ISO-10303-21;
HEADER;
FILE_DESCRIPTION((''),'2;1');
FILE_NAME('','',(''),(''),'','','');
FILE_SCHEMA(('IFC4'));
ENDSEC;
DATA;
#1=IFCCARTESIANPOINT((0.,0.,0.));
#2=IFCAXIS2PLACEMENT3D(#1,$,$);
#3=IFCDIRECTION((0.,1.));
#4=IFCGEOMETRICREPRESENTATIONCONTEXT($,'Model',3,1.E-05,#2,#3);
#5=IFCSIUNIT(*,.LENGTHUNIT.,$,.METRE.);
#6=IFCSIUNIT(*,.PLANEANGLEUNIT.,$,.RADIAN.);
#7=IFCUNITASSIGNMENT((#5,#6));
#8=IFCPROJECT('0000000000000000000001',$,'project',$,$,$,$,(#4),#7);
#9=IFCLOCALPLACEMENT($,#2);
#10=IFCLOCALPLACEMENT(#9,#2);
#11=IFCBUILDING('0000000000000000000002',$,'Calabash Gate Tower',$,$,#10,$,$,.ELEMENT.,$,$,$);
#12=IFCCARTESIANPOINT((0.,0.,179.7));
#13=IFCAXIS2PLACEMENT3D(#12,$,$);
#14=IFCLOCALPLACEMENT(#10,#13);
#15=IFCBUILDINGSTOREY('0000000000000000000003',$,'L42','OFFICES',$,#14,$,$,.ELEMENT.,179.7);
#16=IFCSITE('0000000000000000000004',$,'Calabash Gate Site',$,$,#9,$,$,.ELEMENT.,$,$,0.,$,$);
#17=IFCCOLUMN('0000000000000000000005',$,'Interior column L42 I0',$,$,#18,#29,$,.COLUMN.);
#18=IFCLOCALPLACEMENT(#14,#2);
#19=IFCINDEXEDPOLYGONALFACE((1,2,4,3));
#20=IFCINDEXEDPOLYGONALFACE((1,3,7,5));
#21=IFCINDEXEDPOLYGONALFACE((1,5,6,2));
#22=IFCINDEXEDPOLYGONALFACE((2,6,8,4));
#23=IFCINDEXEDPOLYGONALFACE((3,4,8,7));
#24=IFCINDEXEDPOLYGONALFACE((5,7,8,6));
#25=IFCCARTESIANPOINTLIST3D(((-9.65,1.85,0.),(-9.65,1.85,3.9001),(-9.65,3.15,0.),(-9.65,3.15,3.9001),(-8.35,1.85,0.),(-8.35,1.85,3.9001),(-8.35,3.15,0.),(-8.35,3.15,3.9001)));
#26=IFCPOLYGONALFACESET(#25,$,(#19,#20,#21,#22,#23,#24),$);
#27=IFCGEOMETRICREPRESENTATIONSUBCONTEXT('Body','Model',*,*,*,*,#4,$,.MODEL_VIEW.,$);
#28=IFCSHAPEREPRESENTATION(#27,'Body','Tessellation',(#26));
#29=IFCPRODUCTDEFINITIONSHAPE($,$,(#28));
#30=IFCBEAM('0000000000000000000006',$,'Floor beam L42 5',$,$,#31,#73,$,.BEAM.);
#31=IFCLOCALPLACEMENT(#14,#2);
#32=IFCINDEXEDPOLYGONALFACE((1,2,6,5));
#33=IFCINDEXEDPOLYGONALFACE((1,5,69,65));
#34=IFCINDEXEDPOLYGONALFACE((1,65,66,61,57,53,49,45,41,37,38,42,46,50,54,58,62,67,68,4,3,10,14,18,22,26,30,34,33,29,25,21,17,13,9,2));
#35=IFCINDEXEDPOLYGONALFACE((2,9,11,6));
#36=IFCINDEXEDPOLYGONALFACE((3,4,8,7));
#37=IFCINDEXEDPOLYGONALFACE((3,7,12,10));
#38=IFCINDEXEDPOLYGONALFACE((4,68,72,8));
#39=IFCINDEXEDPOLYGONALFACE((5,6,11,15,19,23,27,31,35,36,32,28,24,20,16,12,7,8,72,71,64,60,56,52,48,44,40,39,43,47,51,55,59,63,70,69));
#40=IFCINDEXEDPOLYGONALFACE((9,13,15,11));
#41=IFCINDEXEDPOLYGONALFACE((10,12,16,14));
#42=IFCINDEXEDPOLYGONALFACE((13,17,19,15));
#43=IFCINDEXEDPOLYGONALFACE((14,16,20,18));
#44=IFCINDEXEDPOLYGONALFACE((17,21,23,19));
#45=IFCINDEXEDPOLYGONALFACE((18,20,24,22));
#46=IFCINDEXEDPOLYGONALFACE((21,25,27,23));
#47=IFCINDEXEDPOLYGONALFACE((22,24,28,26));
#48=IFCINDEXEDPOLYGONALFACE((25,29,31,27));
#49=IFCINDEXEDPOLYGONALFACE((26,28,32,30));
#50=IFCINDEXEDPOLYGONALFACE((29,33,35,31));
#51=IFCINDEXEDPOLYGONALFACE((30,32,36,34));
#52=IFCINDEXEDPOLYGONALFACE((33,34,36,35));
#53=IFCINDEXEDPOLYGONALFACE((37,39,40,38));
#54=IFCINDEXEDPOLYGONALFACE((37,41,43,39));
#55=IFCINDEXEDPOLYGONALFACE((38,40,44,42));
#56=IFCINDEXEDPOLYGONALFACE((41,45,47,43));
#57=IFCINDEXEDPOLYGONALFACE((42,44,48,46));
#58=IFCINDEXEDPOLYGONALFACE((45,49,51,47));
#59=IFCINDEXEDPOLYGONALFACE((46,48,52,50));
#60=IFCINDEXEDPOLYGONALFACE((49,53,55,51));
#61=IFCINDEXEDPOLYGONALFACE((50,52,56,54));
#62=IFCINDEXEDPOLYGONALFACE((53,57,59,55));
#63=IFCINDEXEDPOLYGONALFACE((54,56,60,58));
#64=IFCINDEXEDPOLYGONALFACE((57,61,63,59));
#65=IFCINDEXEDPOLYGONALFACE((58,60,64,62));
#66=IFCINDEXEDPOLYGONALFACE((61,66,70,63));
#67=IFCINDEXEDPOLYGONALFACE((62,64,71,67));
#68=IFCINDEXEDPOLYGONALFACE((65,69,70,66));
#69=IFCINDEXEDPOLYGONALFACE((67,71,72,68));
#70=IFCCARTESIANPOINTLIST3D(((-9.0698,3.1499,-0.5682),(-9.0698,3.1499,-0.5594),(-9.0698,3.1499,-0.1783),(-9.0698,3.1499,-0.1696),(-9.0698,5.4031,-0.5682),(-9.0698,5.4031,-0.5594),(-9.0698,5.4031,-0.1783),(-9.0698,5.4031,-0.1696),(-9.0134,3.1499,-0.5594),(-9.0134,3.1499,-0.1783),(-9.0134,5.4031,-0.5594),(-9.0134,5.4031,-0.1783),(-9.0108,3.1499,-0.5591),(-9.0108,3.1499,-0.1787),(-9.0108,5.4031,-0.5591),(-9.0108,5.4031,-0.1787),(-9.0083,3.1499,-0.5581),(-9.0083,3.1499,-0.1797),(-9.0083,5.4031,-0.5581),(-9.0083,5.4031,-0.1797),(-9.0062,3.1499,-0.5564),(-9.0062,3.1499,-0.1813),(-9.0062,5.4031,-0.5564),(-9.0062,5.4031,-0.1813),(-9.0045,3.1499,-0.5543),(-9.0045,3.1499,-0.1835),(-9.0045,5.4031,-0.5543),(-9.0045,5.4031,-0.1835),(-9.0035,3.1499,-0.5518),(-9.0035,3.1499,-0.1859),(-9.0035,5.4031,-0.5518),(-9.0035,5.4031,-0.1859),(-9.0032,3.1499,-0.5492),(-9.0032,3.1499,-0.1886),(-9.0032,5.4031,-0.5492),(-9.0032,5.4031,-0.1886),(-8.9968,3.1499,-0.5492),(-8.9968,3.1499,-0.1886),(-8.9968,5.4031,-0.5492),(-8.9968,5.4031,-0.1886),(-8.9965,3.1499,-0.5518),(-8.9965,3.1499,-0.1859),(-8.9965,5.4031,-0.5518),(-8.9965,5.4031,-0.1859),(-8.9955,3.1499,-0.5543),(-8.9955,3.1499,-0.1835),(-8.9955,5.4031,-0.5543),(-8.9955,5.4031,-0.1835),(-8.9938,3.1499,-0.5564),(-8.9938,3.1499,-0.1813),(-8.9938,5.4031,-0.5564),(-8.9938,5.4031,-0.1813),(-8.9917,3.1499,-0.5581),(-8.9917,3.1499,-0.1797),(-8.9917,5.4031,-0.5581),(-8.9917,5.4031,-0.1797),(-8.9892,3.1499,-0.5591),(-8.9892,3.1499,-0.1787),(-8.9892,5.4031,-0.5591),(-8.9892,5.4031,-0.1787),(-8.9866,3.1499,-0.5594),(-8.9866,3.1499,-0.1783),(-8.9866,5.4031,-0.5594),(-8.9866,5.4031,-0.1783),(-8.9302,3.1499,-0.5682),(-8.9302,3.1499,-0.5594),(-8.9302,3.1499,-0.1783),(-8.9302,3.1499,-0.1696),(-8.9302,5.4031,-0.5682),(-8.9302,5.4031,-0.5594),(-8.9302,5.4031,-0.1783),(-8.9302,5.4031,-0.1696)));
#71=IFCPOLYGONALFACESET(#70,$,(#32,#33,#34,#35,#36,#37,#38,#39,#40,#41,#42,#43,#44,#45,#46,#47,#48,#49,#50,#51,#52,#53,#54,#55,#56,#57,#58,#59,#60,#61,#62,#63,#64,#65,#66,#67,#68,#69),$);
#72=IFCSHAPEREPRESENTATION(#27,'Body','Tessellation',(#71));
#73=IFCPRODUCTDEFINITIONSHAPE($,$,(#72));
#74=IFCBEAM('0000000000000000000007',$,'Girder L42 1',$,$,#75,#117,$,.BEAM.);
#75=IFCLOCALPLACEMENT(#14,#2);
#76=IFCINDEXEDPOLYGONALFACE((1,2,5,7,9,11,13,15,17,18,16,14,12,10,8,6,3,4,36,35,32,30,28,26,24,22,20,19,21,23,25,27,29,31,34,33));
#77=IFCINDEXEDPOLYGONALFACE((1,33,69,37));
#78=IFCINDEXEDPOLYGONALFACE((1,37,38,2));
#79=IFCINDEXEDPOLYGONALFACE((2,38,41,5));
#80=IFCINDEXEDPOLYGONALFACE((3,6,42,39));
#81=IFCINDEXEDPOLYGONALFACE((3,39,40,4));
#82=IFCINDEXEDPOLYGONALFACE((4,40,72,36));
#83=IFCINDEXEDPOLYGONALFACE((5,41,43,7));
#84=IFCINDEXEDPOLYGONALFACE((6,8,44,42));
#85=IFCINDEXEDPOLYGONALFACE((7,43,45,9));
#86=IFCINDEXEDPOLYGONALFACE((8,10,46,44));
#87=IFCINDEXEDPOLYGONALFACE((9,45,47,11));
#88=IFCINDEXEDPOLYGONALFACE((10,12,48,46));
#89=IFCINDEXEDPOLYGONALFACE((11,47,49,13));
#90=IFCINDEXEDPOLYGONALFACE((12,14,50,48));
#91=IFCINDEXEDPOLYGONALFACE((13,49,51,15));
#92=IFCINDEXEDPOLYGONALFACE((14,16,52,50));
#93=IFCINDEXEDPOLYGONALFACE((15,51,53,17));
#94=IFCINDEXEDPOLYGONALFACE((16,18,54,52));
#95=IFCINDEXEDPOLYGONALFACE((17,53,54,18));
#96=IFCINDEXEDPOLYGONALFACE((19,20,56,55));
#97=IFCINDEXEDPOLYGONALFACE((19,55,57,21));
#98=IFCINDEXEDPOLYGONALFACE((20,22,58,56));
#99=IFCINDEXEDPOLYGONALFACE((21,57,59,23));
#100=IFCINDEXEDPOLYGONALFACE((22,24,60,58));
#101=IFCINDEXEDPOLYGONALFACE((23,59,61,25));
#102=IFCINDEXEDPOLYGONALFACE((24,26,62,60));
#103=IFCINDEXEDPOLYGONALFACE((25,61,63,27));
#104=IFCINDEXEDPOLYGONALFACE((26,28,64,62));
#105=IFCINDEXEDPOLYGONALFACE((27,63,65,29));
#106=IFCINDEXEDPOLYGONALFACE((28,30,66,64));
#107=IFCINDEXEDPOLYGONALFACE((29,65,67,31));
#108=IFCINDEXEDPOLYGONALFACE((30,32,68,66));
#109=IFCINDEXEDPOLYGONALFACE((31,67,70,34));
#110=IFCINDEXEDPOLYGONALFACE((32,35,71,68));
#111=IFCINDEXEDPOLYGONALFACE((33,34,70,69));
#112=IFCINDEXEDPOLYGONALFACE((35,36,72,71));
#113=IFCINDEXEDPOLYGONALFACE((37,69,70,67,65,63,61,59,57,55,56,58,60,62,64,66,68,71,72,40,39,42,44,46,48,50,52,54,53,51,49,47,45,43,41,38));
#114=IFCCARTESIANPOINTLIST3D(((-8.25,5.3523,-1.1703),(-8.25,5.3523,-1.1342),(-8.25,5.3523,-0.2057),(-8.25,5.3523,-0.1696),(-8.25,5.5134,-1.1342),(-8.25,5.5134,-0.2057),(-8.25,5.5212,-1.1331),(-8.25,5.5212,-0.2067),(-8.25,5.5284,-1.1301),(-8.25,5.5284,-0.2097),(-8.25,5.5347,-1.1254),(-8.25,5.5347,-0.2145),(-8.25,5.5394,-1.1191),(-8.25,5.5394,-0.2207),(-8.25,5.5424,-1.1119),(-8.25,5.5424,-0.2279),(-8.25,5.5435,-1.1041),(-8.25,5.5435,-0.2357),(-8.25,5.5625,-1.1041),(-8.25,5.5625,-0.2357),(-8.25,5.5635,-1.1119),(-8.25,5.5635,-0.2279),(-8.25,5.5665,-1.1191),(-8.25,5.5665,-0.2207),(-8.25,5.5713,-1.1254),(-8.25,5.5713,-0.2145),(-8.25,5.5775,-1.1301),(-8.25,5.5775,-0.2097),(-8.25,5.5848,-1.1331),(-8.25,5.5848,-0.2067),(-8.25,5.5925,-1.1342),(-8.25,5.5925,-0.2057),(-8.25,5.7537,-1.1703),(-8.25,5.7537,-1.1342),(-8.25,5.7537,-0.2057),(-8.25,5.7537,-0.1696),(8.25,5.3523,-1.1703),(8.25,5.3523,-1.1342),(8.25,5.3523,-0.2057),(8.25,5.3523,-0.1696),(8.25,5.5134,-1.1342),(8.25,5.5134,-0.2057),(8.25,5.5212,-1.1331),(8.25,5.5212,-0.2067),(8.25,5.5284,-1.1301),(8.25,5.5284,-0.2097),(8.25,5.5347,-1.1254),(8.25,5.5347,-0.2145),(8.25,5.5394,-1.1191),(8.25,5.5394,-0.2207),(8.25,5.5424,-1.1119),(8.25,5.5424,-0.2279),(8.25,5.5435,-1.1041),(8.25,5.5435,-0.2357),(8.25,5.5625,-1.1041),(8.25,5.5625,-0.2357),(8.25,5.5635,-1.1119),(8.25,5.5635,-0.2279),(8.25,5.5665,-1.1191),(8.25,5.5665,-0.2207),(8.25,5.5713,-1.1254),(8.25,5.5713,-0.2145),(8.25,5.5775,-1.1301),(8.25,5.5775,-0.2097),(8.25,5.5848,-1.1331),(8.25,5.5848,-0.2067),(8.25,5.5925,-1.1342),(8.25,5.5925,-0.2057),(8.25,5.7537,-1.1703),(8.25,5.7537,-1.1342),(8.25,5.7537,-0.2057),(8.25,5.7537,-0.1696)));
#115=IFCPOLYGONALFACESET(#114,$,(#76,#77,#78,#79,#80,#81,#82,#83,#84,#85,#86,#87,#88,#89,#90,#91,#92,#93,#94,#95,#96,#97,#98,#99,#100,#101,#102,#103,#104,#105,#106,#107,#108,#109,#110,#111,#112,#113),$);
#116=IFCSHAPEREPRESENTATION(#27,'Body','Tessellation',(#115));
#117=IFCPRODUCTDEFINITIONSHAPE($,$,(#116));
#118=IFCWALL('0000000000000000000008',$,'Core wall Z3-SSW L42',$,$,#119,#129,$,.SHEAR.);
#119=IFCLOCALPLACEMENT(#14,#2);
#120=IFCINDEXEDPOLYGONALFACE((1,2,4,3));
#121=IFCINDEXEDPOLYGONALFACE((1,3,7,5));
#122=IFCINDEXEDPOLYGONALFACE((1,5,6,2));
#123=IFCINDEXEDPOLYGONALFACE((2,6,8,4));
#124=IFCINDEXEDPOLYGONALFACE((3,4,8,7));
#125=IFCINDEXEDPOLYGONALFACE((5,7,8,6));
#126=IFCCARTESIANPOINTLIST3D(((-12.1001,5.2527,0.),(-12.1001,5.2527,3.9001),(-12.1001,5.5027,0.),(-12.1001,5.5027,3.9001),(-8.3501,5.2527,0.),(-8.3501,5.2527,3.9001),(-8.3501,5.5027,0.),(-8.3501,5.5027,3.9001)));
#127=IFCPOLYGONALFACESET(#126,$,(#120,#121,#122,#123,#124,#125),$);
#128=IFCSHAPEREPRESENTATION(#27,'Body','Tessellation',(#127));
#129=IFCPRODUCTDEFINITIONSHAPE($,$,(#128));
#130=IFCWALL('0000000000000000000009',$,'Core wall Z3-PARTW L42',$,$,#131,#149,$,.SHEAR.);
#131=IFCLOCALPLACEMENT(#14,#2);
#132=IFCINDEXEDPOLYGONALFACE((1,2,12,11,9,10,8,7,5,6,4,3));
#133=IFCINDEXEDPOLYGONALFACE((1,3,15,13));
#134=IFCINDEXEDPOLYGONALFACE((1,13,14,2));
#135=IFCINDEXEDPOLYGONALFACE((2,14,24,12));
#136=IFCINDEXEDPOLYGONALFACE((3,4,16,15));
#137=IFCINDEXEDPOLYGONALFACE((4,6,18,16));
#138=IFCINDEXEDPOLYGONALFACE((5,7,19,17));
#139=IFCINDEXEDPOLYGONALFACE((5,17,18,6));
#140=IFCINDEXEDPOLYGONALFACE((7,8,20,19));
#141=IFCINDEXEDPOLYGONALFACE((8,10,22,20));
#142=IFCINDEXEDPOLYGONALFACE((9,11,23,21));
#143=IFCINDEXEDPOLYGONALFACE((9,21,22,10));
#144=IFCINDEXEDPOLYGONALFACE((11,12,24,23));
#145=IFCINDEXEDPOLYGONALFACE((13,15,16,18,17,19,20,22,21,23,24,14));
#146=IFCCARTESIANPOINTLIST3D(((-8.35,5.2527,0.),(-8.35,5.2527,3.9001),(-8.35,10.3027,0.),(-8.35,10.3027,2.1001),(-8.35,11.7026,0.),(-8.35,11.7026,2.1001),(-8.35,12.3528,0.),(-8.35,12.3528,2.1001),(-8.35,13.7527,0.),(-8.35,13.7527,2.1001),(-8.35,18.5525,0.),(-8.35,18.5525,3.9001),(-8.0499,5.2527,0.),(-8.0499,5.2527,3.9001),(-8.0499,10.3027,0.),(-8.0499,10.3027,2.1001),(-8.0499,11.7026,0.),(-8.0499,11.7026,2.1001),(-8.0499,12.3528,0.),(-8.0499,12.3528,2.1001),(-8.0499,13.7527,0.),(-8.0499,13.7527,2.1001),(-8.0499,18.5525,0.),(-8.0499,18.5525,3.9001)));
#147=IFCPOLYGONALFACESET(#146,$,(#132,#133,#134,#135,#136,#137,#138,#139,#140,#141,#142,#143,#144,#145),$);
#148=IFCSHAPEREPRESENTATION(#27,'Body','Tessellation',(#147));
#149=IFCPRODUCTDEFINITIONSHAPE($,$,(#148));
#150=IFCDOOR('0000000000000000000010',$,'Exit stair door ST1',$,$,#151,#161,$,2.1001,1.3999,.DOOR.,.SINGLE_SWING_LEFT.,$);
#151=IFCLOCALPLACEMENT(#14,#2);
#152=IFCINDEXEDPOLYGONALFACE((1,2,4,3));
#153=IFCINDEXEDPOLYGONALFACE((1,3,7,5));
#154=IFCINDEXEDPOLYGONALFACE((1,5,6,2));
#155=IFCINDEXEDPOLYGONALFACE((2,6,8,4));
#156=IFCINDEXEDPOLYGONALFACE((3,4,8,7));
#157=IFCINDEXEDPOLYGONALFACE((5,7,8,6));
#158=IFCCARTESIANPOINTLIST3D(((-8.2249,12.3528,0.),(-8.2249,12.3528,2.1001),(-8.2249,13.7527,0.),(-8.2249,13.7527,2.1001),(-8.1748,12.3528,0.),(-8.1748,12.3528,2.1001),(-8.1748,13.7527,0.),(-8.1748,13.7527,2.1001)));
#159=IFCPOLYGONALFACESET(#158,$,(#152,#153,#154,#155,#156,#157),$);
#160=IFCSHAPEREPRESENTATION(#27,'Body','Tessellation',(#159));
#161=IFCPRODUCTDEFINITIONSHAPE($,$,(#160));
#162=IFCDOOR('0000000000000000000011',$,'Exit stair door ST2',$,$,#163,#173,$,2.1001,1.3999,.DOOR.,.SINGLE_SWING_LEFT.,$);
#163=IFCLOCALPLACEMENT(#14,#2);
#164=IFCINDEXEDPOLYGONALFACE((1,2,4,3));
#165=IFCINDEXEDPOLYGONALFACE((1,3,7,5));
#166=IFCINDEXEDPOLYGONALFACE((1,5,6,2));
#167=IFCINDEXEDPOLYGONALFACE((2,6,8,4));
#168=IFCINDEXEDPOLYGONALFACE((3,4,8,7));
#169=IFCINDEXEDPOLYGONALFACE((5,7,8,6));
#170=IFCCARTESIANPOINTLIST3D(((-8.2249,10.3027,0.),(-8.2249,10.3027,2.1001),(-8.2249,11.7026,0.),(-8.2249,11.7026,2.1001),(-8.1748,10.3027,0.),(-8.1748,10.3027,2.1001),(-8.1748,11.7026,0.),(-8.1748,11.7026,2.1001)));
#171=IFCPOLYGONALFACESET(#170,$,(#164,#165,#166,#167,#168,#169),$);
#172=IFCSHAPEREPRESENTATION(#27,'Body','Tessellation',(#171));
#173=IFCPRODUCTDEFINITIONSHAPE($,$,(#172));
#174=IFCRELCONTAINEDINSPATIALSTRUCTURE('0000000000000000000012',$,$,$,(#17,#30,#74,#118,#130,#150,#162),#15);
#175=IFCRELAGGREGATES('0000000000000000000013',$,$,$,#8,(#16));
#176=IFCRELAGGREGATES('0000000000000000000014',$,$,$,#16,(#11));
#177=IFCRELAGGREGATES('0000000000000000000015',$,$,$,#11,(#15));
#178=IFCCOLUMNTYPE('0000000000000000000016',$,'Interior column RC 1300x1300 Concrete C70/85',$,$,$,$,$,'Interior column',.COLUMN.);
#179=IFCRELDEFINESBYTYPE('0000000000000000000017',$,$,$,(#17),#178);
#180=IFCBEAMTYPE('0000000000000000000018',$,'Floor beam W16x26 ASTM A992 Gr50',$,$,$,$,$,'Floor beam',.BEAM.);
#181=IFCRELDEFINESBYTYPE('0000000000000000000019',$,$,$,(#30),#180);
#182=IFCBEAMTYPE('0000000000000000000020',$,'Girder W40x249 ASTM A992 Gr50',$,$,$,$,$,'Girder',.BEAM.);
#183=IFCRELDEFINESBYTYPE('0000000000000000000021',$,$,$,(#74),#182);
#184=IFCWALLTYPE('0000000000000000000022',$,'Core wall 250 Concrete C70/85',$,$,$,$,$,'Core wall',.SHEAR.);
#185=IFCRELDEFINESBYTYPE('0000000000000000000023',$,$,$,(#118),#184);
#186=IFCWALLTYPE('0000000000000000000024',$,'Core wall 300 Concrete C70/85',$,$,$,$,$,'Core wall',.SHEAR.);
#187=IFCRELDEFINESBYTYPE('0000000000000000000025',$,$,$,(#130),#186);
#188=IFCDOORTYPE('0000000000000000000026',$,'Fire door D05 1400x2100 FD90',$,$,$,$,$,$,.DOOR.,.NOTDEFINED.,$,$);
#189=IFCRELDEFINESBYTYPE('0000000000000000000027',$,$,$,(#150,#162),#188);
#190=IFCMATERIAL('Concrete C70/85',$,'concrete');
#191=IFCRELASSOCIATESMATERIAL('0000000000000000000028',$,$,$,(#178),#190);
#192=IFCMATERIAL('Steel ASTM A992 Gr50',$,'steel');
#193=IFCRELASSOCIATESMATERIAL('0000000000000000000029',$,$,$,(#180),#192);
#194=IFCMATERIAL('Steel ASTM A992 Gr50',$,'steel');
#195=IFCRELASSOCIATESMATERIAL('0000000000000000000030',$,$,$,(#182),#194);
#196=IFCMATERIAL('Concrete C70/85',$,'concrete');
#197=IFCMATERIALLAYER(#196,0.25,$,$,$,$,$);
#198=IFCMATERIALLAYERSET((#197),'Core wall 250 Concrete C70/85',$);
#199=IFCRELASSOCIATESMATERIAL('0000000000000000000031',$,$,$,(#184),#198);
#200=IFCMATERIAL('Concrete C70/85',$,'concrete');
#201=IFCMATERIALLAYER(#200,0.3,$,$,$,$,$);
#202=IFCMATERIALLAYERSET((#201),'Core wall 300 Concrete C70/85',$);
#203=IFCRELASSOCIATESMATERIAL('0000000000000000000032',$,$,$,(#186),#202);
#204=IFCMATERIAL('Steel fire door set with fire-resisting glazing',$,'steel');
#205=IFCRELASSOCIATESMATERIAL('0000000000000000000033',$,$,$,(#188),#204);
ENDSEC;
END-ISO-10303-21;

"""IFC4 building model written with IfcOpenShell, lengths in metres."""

from ifc_helpers import new_model, si_unit, direction, frame, frame_2d, origin, origin_2d, place, context, subcontext, project, spatial, rectangle, i_section, extrude, material, layer, layer_set, material_profile, profile_set, type_object, element, fill, save


model = new_model("IFC4")

# Units and contexts
model_context = context("Model", 3, precision=1e-05, world=origin(), true_north=direction((0.0, 1.0)))
body_context = subcontext(model_context, "Body", "Model", "MODEL_VIEW")
ifc_project = project(units=[si_unit("LENGTHUNIT", "METRE"), si_unit("PLANEANGLEUNIT", "RADIAN")], contexts=[model_context])

# Site, building, storey
site_placement = place(None, origin())
site = spatial("IfcSite", under=ifc_project, at=site_placement, Name="Calabash Gate Site", CompositionType="ELEMENT", RefElevation=0.0)
building_placement = place(site_placement, origin())
building = spatial("IfcBuilding", under=site, at=building_placement, Name="Calabash Gate Tower", CompositionType="ELEMENT")
storey_placement = place(building_placement, frame((0.0, 0.0, 179.7)))
storey = spatial("IfcBuildingStorey", under=building, at=storey_placement, Name="L42", Description="OFFICES", CompositionType="ELEMENT", Elevation=179.7)

# Column
ifc_material_1 = material(Name="Concrete C70/85", Category="concrete")
ifc_material_profile_1 = material_profile(ifc_material_1, rectangle(XDim=1.3, YDim=1.3, at=origin_2d()))
ifc_profile_set_1 = profile_set([ifc_material_profile_1], Name="Concrete C70/85")
column_type = type_object("IfcColumnType", Name="Interior column RC 1300x1300 Concrete C70/85", ElementType="Interior column", PredefinedType="COLUMN", material=ifc_profile_set_1)
column_placement = place(storey_placement, frame((-9.0, 2.5, 0.0), z_axis=(0.0, 0.0, 1.0), x_axis=(1.0, 0.0, 0.0)))
element("IfcColumn", 1, at=column_placement, inside=storey, type_object=column_type, Name="Interior column L42 I0", PredefinedType="COLUMN", context=body_context, shape_type="SweptSolid", body=[
    extrude(rectangle(XDim=1.3, YDim=1.3, at=origin_2d()), origin(), (0.0, 0.0, 1.0), 3.9001),
])

# Beams
ifc_material_2 = material(Name="Steel ASTM A992 Gr50", Category="steel")
ifc_material_profile_2 = material_profile(ifc_material_2, i_section(OverallWidth=0.1396, OverallDepth=0.3987, WebThickness=0.0063, FlangeThickness=0.0088, FilletRadius=0.0103, at=origin_2d()))
ifc_profile_set_2 = profile_set([ifc_material_profile_2], Name="Steel ASTM A992 Gr50")
beam_type_1 = type_object("IfcBeamType", Name="Floor beam W16x26 ASTM A992 Gr50", ElementType="Floor beam", PredefinedType="BEAM", material=ifc_profile_set_2)
beam_1_placement = place(storey_placement, frame((-9.0, 3.1499, -0.3689), z_axis=(0.0, 1.0, 0.0), x_axis=(-1.0, 0.0, 0.0)))
element("IfcBeam", 2, at=beam_1_placement, inside=storey, type_object=beam_type_1, Name="Floor beam L42 5", PredefinedType="BEAM", context=body_context, shape_type="SweptSolid", body=[
    extrude(i_section(OverallWidth=0.1396, OverallDepth=0.3987, WebThickness=0.0063, FlangeThickness=0.0088, FilletRadius=0.0103, at=origin_2d()), origin(), (0.0, 0.0, 1.0), 2.2532),
])
ifc_material_3 = material(Name="Steel ASTM A992 Gr50", Category="steel")
ifc_material_profile_3 = material_profile(ifc_material_3, i_section(OverallWidth=0.4014, OverallDepth=1.0007, WebThickness=0.019, FlangeThickness=0.0361, FilletRadius=0.03, at=origin_2d()))
ifc_profile_set_3 = profile_set([ifc_material_profile_3], Name="Steel ASTM A992 Gr50")
beam_type_2 = type_object("IfcBeamType", Name="Girder W40x249 ASTM A992 Gr50", ElementType="Girder", PredefinedType="BEAM", material=ifc_profile_set_3)
beam_2_placement = place(storey_placement, frame((-8.25, 5.553, -0.6699), z_axis=(1.0, 0.0, 0.0), x_axis=(0.0, 1.0, 0.0)))
element("IfcBeam", 3, at=beam_2_placement, inside=storey, type_object=beam_type_2, Name="Girder L42 1", PredefinedType="BEAM", context=body_context, shape_type="SweptSolid", body=[
    extrude(i_section(OverallWidth=0.4014, OverallDepth=1.0007, WebThickness=0.019, FlangeThickness=0.0361, FilletRadius=0.03, at=origin_2d()), origin(), (0.0, 0.0, 1.0), 16.5),
])

# Wall
ifc_material_4 = material(Name="Concrete C70/85", Category="concrete")
ifc_layer_1 = layer(ifc_material_4, 0.25)
ifc_layer_set_1 = layer_set([ifc_layer_1], Name="Core wall 250 Concrete C70/85")
wall_type_1 = type_object("IfcWallType", Name="Core wall 250 Concrete C70/85", ElementType="Core wall", PredefinedType="SHEAR", material=ifc_layer_set_1)
wall_1_placement = place(storey_placement, frame((-12.1001, 5.3777, 0.0), z_axis=(0.0, 0.0, 1.0), x_axis=(1.0, 0.0, 0.0)))
element("IfcWall", 4, at=wall_1_placement, inside=storey, type_object=wall_type_1, Name="Core wall Z3-SSW L42", PredefinedType="SHEAR", context=body_context, shape_type="SweptSolid", body=[
    extrude(rectangle(XDim=3.75, YDim=0.25, at=frame_2d((1.875, 0.0))), origin(), (0.0, 0.0, 1.0), 3.9001),
])

# Wall, openings, doors
ifc_material_5 = material(Name="Concrete C70/85", Category="concrete")
ifc_layer_2 = layer(ifc_material_5, 0.3)
ifc_layer_set_2 = layer_set([ifc_layer_2], Name="Core wall 300 Concrete C70/85")
wall_type_2 = type_object("IfcWallType", Name="Core wall 300 Concrete C70/85", ElementType="Core wall", PredefinedType="SHEAR", material=ifc_layer_set_2)
wall_2_placement = place(storey_placement, frame((-8.2, 5.2527, 0.0), z_axis=(0.0, 0.0, 1.0), x_axis=(0.0, 1.0, 0.0)))
wall_2 = element("IfcWall", 5, at=wall_2_placement, inside=storey, type_object=wall_type_2, Name="Core wall Z3-PARTW L42", PredefinedType="SHEAR", context=body_context, shape_type="SweptSolid", body=[
    extrude(rectangle(XDim=13.2998, YDim=0.3, at=frame_2d((6.6499, 0.0))), origin(), (0.0, 0.0, 1.0), 3.9001),
])
opening_1_placement = place(wall_2_placement, frame((7.1001, 0.0, 0.0)))
opening_1 = element("IfcOpeningElement", 6, at=opening_1_placement, cuts=wall_2, PredefinedType="OPENING", context=body_context, shape_type="SweptSolid", body=[
    extrude(rectangle(XDim=1.3999, YDim=2.1001, at=frame_2d((0.7, 1.05))), frame((0.0, 0.1599, 0.0), z_axis=(0.0, -1.0, 0.0), x_axis=(1.0, 0.0, 0.0)), (0.0, 0.0, 1.0), 0.3201),
])
opening_2_placement = place(wall_2_placement, frame((5.05, 0.0, 0.0)))
opening_2 = element("IfcOpeningElement", 7, at=opening_2_placement, cuts=wall_2, PredefinedType="OPENING", context=body_context, shape_type="SweptSolid", body=[
    extrude(rectangle(XDim=1.3999, YDim=2.1001, at=frame_2d((0.7, 1.05))), frame((0.0, 0.1599, 0.0), z_axis=(0.0, -1.0, 0.0), x_axis=(1.0, 0.0, 0.0)), (0.0, 0.0, 1.0), 0.3201),
])
ifc_material_6 = material(Name="Steel fire door set with fire-resisting glazing", Category="steel")
door_type_1 = type_object("IfcDoorType", Name="Fire door D05 1400x2100 FD90", OperationType="NOTDEFINED", PredefinedType="DOOR", material=ifc_material_6)
door_1_placement = place(opening_1_placement, origin())
door_1 = element("IfcDoor", 8, at=door_1_placement, inside=storey, type_object=door_type_1, Name="Exit stair door ST1", OperationType="SINGLE_SWING_LEFT", OverallHeight=2.1001, OverallWidth=1.3999, PredefinedType="DOOR", context=body_context, shape_type="SweptSolid", body=[
    extrude(rectangle(XDim=1.3999, YDim=2.1001, at=frame_2d((0.7, 1.05))), frame((0.0, 0.0249, 0.0), z_axis=(0.0, -1.0, 0.0), x_axis=(1.0, 0.0, 0.0)), (0.0, 0.0, 1.0), 0.05),
])
fill(opening_1, door_1)
door_2_placement = place(opening_2_placement, origin())
door_2 = element("IfcDoor", 9, at=door_2_placement, inside=storey, type_object=door_type_1, Name="Exit stair door ST2", OperationType="SINGLE_SWING_LEFT", OverallHeight=2.1001, OverallWidth=1.3999, PredefinedType="DOOR", context=body_context, shape_type="SweptSolid", body=[
    extrude(rectangle(XDim=1.3999, YDim=2.1001, at=frame_2d((0.7, 1.05))), frame((0.0, 0.0249, 0.0), z_axis=(0.0, -1.0, 0.0), x_axis=(1.0, 0.0, 0.0)), (0.0, 0.0, 1.0), 0.05),
])
fill(opening_2, door_2)

save(model, "model.ifc")
